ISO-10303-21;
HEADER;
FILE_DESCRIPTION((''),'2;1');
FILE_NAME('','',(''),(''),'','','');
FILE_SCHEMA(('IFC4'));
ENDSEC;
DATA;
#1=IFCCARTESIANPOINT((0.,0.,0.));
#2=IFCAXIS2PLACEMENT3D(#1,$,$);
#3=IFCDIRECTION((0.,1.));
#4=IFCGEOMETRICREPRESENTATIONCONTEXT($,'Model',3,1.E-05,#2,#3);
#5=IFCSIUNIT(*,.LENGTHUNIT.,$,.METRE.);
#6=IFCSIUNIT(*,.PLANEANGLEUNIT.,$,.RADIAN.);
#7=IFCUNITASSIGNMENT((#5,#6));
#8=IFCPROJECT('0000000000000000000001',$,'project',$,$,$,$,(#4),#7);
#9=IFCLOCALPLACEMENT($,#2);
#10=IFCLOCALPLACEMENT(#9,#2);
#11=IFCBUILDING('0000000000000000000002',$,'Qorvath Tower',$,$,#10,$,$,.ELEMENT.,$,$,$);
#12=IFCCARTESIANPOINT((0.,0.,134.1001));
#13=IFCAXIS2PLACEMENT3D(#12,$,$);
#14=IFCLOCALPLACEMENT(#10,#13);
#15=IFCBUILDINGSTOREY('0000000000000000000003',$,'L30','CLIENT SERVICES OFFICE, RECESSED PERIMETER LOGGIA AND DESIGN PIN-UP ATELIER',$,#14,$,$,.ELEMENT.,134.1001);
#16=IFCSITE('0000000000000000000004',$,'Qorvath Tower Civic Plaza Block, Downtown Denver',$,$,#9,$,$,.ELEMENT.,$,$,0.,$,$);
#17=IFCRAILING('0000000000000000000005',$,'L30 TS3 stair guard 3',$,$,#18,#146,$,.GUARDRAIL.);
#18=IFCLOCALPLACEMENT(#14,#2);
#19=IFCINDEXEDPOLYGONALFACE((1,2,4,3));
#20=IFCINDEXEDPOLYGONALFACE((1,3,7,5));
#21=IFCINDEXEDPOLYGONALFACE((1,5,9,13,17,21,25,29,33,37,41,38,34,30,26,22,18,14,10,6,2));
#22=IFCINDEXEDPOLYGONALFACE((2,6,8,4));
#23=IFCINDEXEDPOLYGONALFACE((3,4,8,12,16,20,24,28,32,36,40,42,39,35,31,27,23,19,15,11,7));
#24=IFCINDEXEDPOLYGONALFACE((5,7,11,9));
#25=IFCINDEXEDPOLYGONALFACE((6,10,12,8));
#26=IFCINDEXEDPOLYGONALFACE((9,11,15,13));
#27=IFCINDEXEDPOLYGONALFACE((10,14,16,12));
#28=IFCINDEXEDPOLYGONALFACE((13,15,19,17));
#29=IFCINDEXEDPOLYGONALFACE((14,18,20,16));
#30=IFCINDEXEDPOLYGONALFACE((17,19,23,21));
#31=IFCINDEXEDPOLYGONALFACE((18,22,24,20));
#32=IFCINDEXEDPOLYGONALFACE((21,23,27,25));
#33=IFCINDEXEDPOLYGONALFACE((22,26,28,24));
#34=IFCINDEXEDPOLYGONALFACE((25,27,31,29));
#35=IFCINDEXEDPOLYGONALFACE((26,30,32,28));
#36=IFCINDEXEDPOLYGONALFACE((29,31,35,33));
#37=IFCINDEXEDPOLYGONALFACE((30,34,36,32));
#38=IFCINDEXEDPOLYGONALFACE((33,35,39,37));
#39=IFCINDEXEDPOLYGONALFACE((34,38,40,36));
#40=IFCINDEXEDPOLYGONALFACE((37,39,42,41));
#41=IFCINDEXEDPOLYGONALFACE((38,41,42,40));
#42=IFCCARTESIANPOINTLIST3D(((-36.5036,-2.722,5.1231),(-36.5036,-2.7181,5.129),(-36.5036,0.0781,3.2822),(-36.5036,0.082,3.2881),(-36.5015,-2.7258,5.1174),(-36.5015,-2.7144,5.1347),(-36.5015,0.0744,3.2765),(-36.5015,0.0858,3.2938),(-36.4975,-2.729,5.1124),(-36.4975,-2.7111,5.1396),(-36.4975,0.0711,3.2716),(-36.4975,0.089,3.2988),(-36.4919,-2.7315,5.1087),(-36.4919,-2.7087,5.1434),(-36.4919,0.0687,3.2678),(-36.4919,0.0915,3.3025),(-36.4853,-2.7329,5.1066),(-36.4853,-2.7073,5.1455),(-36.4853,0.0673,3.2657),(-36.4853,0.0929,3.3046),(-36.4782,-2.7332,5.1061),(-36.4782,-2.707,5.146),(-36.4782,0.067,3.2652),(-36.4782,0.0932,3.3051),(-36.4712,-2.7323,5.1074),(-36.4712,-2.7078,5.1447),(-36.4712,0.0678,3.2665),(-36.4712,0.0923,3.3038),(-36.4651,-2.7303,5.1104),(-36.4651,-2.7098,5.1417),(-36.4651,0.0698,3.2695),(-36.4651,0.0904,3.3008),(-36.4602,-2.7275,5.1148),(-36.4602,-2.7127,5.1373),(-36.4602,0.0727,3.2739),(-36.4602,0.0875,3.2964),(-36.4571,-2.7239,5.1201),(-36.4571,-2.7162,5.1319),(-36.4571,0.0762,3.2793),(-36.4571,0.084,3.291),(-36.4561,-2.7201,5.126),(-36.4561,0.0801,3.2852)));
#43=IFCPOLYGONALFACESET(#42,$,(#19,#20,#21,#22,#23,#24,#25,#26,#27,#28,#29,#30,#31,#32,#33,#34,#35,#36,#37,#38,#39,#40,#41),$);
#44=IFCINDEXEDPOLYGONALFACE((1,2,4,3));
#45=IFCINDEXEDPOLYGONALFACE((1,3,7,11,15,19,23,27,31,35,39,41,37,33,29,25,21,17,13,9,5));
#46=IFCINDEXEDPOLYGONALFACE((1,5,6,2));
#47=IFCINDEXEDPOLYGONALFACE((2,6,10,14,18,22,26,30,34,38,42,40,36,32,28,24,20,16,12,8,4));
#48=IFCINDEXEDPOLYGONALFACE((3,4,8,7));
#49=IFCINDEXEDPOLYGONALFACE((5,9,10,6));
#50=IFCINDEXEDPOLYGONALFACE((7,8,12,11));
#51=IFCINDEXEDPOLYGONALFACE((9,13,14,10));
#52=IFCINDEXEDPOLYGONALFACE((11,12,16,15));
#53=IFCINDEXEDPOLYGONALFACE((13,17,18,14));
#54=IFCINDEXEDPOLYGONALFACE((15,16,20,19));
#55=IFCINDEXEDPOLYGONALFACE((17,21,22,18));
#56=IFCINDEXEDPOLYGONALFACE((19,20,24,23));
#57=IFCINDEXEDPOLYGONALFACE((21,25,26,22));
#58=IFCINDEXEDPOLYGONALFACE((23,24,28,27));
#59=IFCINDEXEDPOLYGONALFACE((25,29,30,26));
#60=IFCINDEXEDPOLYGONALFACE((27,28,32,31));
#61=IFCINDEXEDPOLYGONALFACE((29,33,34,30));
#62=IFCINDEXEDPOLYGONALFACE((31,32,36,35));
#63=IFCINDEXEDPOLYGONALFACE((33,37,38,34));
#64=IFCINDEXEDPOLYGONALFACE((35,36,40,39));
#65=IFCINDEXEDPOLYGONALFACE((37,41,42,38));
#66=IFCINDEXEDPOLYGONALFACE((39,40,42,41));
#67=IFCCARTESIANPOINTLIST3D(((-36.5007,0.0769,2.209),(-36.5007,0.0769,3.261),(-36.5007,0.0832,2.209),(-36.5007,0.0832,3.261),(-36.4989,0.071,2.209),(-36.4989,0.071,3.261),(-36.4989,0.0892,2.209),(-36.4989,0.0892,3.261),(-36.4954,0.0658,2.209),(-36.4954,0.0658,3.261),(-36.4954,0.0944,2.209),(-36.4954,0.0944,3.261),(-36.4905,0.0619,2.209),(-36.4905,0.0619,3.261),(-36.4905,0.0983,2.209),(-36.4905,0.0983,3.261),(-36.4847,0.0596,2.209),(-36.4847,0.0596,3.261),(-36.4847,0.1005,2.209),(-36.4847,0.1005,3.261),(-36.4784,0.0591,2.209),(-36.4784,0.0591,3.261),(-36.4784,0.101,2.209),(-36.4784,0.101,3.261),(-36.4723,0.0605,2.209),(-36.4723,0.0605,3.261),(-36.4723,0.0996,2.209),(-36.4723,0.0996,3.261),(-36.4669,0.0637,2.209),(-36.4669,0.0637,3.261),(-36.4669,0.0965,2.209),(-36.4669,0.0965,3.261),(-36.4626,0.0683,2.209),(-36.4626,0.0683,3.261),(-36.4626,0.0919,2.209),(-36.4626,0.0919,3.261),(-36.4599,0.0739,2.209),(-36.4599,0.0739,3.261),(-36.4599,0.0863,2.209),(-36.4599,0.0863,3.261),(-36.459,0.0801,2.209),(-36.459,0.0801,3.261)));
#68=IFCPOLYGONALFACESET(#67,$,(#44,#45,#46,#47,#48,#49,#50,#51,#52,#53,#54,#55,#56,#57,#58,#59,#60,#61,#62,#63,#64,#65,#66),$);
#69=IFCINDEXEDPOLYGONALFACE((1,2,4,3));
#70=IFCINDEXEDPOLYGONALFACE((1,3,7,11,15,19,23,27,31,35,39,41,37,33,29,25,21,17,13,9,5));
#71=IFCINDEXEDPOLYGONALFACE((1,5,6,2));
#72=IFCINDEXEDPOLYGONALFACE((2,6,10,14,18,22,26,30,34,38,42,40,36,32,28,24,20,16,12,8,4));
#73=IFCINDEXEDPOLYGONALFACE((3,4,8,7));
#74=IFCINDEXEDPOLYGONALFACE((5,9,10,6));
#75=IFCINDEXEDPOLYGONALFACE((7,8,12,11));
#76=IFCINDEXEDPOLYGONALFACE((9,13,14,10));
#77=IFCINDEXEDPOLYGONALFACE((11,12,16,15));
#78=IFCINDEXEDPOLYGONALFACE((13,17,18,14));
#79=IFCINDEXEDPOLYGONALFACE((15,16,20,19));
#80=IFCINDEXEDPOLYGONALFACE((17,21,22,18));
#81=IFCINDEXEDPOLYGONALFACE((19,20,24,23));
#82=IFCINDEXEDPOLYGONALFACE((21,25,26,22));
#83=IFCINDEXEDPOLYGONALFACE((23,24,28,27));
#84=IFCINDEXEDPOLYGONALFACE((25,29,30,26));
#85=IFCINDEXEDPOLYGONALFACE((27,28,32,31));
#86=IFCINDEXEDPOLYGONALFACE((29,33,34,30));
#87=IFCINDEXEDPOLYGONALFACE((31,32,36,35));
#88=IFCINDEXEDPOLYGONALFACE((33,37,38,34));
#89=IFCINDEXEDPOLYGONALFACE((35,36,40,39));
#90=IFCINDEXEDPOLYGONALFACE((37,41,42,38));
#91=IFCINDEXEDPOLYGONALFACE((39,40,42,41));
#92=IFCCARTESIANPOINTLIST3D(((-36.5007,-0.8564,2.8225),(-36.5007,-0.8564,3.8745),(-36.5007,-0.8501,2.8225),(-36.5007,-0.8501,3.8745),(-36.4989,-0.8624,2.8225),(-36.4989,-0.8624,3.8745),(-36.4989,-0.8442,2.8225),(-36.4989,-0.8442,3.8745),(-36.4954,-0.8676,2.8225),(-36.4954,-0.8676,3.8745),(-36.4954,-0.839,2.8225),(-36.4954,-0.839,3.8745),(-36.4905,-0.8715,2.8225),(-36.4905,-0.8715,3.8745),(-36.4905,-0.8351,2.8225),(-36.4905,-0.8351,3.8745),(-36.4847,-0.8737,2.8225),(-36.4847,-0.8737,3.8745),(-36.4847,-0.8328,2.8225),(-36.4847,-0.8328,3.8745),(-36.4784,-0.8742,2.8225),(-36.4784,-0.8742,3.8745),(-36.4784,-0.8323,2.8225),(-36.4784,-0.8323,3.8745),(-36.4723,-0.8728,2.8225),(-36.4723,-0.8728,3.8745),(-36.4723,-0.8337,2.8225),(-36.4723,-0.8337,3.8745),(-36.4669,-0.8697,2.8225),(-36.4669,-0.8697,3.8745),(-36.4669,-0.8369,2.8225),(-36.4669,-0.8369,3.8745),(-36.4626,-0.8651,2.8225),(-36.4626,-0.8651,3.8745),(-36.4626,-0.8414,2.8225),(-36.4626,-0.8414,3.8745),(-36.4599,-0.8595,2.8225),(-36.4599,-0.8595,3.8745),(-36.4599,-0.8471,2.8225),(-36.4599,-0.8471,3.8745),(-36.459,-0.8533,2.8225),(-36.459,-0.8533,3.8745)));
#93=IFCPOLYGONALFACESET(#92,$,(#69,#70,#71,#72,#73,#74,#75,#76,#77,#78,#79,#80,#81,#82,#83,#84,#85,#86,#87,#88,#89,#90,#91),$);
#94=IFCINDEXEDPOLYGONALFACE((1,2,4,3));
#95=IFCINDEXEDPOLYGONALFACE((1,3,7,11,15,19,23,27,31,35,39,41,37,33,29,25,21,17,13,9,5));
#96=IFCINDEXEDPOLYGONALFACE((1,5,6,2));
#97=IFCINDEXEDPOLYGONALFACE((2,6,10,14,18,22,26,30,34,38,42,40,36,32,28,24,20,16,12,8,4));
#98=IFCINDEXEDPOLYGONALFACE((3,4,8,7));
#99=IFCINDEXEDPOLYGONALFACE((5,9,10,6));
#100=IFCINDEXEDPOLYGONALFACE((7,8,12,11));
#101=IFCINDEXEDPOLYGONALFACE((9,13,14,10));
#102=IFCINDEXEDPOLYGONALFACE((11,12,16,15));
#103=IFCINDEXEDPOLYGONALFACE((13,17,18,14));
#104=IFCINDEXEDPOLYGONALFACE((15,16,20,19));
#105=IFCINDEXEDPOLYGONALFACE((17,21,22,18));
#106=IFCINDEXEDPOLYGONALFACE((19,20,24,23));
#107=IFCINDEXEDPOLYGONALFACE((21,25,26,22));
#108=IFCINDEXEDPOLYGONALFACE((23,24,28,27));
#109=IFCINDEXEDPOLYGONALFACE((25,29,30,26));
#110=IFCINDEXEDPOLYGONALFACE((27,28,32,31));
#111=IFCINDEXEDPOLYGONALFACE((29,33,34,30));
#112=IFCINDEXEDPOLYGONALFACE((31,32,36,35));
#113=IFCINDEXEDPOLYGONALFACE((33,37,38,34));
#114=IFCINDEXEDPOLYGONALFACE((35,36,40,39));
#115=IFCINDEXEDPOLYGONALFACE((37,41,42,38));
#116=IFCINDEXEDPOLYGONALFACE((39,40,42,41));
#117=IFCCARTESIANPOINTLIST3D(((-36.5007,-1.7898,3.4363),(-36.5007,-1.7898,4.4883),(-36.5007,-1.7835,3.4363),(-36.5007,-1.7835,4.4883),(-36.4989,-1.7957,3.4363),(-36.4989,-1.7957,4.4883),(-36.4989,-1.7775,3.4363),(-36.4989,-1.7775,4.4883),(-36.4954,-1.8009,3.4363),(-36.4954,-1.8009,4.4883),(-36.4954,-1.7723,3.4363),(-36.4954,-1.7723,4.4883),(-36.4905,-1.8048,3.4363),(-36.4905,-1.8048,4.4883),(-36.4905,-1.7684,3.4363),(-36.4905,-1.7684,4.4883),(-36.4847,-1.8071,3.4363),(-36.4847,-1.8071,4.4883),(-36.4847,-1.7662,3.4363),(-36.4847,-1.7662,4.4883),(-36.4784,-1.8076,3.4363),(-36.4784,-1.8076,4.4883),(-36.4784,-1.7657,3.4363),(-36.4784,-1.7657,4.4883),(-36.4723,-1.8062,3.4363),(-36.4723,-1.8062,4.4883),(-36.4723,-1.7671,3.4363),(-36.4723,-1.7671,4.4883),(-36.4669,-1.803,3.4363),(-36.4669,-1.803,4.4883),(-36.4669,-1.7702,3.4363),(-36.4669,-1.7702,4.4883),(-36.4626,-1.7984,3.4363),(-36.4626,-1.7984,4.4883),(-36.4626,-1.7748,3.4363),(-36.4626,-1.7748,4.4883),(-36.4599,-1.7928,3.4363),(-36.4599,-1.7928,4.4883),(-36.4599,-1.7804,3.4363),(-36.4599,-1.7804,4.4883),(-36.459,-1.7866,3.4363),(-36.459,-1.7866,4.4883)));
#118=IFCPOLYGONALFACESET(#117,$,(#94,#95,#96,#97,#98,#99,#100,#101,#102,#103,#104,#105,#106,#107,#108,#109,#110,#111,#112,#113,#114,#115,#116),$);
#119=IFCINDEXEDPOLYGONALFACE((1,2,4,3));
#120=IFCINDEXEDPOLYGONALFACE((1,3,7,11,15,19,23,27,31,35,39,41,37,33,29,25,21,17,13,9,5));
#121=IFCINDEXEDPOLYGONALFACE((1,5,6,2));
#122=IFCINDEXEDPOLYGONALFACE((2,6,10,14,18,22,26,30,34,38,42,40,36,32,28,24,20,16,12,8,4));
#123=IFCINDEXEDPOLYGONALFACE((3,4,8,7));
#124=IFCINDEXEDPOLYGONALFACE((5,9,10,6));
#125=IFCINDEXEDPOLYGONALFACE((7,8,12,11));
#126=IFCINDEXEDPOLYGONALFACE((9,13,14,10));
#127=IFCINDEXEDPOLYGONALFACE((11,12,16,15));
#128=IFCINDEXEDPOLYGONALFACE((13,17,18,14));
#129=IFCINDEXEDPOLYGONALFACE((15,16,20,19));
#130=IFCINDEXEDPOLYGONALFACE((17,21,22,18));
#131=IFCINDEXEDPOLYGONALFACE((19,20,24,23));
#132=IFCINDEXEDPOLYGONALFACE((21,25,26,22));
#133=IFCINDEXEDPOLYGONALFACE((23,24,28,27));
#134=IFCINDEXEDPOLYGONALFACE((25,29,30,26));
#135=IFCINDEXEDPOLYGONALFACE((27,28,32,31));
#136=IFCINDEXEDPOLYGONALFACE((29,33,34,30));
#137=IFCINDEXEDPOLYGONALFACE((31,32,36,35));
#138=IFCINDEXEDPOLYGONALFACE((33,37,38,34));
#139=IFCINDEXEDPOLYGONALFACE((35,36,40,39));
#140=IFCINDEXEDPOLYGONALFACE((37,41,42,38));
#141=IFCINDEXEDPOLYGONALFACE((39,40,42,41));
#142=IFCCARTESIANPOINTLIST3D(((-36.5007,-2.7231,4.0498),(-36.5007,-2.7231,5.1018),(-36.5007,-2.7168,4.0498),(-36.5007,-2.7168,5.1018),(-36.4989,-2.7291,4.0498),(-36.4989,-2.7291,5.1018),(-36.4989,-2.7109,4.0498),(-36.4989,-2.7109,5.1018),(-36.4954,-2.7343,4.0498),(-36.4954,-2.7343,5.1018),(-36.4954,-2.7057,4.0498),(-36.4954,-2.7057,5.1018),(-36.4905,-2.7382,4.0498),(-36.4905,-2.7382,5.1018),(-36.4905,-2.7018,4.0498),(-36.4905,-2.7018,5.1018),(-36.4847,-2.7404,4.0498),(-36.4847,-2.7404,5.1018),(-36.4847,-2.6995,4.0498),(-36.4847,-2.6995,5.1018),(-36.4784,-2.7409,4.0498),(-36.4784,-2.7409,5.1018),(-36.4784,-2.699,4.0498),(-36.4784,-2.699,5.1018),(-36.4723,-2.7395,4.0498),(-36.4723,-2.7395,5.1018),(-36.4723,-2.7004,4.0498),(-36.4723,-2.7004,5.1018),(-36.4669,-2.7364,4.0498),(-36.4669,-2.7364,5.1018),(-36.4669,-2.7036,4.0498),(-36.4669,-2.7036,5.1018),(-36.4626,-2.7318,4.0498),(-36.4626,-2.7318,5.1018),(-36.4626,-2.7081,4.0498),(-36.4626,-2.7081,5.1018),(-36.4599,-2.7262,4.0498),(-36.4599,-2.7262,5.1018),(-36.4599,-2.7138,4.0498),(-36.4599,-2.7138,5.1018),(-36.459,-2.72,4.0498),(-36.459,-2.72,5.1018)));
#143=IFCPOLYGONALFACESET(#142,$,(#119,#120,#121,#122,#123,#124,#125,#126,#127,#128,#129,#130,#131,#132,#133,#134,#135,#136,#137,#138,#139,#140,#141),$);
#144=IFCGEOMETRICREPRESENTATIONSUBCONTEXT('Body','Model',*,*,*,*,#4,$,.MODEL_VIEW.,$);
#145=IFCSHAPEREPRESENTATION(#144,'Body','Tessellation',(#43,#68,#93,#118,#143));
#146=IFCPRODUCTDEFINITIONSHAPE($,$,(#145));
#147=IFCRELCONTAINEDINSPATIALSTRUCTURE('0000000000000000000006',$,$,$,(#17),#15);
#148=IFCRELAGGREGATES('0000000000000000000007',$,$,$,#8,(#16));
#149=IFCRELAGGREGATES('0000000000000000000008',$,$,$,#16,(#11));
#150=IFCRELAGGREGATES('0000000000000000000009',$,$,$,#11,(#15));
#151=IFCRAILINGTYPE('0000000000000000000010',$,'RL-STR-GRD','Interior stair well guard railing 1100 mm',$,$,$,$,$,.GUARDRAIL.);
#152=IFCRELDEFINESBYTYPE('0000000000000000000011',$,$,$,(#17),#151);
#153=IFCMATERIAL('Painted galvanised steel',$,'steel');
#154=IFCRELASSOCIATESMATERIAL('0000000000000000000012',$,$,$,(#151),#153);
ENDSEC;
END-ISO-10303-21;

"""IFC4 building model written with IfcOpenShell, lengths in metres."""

from ifc_helpers import new_model, si_unit, direction, frame, origin, origin_2d, place, context, subcontext, project, spatial, circle, extrude, material, type_object, element, save


model = new_model("IFC4")

# Units and contexts
model_context = context("Model", 3, precision=1e-05, world=origin(), true_north=direction((0.0, 1.0)))
body_context = subcontext(model_context, "Body", "Model", "MODEL_VIEW")
ifc_project = project(units=[si_unit("LENGTHUNIT", "METRE"), si_unit("PLANEANGLEUNIT", "RADIAN")], contexts=[model_context])

# Site, building, storey
site_placement = place(None, origin())
site = spatial("IfcSite", under=ifc_project, at=site_placement, Name="Qorvath Tower Civic Plaza Block, Downtown Denver", CompositionType="ELEMENT", RefElevation=0.0)
building_placement = place(site_placement, origin())
building = spatial("IfcBuilding", under=site, at=building_placement, Name="Qorvath Tower", CompositionType="ELEMENT")
storey_placement = place(building_placement, frame((0.0, 0.0, 134.1001)))
storey = spatial("IfcBuildingStorey", under=building, at=storey_placement, Name="L30", Description="CLIENT SERVICES OFFICE, RECESSED PERIMETER LOGGIA AND DESIGN PIN-UP ATELIER", CompositionType="ELEMENT", Elevation=134.1001)

# Railing
ifc_material_1 = material(Name="Painted galvanised steel", Category="steel")
railing_type_1 = type_object("IfcRailingType", Name="RL-STR-GRD", Description="Interior stair well guard railing 1100 mm", PredefinedType="GUARDRAIL", material=ifc_material_1)
railing_1_placement = place(storey_placement, frame((-36.48, 0.0801, 2.209)))
element("IfcRailing", 1, at=railing_1_placement, inside=storey, type_object=railing_type_1, Name="L30 TS3 stair guard 3", PredefinedType="GUARDRAIL", context=body_context, shape_type="SweptSolid", body=[
    extrude(circle(Radius=0.0239, at=origin_2d()), frame((0.0, 0.0, 1.0762), z_axis=(0.0, -0.835598, 0.549342), x_axis=(1.0, 0.0, 0.0)), (0.0, 0.0, 1.0), 3.3511),
    extrude(circle(Radius=0.021, at=origin_2d()), origin(), (0.0, 0.0, 1.0), 1.052),
    extrude(circle(Radius=0.021, at=origin_2d()), frame((0.0, -0.9333, 0.6135)), (0.0, 0.0, 1.0), 1.052),
    extrude(circle(Radius=0.021, at=origin_2d()), frame((0.0, -1.8667, 1.2273)), (0.0, 0.0, 1.0), 1.052),
    extrude(circle(Radius=0.021, at=origin_2d()), frame((0.0, -2.8, 1.8408)), (0.0, 0.0, 1.0), 1.052),
])

save(model, "model.ifc")
